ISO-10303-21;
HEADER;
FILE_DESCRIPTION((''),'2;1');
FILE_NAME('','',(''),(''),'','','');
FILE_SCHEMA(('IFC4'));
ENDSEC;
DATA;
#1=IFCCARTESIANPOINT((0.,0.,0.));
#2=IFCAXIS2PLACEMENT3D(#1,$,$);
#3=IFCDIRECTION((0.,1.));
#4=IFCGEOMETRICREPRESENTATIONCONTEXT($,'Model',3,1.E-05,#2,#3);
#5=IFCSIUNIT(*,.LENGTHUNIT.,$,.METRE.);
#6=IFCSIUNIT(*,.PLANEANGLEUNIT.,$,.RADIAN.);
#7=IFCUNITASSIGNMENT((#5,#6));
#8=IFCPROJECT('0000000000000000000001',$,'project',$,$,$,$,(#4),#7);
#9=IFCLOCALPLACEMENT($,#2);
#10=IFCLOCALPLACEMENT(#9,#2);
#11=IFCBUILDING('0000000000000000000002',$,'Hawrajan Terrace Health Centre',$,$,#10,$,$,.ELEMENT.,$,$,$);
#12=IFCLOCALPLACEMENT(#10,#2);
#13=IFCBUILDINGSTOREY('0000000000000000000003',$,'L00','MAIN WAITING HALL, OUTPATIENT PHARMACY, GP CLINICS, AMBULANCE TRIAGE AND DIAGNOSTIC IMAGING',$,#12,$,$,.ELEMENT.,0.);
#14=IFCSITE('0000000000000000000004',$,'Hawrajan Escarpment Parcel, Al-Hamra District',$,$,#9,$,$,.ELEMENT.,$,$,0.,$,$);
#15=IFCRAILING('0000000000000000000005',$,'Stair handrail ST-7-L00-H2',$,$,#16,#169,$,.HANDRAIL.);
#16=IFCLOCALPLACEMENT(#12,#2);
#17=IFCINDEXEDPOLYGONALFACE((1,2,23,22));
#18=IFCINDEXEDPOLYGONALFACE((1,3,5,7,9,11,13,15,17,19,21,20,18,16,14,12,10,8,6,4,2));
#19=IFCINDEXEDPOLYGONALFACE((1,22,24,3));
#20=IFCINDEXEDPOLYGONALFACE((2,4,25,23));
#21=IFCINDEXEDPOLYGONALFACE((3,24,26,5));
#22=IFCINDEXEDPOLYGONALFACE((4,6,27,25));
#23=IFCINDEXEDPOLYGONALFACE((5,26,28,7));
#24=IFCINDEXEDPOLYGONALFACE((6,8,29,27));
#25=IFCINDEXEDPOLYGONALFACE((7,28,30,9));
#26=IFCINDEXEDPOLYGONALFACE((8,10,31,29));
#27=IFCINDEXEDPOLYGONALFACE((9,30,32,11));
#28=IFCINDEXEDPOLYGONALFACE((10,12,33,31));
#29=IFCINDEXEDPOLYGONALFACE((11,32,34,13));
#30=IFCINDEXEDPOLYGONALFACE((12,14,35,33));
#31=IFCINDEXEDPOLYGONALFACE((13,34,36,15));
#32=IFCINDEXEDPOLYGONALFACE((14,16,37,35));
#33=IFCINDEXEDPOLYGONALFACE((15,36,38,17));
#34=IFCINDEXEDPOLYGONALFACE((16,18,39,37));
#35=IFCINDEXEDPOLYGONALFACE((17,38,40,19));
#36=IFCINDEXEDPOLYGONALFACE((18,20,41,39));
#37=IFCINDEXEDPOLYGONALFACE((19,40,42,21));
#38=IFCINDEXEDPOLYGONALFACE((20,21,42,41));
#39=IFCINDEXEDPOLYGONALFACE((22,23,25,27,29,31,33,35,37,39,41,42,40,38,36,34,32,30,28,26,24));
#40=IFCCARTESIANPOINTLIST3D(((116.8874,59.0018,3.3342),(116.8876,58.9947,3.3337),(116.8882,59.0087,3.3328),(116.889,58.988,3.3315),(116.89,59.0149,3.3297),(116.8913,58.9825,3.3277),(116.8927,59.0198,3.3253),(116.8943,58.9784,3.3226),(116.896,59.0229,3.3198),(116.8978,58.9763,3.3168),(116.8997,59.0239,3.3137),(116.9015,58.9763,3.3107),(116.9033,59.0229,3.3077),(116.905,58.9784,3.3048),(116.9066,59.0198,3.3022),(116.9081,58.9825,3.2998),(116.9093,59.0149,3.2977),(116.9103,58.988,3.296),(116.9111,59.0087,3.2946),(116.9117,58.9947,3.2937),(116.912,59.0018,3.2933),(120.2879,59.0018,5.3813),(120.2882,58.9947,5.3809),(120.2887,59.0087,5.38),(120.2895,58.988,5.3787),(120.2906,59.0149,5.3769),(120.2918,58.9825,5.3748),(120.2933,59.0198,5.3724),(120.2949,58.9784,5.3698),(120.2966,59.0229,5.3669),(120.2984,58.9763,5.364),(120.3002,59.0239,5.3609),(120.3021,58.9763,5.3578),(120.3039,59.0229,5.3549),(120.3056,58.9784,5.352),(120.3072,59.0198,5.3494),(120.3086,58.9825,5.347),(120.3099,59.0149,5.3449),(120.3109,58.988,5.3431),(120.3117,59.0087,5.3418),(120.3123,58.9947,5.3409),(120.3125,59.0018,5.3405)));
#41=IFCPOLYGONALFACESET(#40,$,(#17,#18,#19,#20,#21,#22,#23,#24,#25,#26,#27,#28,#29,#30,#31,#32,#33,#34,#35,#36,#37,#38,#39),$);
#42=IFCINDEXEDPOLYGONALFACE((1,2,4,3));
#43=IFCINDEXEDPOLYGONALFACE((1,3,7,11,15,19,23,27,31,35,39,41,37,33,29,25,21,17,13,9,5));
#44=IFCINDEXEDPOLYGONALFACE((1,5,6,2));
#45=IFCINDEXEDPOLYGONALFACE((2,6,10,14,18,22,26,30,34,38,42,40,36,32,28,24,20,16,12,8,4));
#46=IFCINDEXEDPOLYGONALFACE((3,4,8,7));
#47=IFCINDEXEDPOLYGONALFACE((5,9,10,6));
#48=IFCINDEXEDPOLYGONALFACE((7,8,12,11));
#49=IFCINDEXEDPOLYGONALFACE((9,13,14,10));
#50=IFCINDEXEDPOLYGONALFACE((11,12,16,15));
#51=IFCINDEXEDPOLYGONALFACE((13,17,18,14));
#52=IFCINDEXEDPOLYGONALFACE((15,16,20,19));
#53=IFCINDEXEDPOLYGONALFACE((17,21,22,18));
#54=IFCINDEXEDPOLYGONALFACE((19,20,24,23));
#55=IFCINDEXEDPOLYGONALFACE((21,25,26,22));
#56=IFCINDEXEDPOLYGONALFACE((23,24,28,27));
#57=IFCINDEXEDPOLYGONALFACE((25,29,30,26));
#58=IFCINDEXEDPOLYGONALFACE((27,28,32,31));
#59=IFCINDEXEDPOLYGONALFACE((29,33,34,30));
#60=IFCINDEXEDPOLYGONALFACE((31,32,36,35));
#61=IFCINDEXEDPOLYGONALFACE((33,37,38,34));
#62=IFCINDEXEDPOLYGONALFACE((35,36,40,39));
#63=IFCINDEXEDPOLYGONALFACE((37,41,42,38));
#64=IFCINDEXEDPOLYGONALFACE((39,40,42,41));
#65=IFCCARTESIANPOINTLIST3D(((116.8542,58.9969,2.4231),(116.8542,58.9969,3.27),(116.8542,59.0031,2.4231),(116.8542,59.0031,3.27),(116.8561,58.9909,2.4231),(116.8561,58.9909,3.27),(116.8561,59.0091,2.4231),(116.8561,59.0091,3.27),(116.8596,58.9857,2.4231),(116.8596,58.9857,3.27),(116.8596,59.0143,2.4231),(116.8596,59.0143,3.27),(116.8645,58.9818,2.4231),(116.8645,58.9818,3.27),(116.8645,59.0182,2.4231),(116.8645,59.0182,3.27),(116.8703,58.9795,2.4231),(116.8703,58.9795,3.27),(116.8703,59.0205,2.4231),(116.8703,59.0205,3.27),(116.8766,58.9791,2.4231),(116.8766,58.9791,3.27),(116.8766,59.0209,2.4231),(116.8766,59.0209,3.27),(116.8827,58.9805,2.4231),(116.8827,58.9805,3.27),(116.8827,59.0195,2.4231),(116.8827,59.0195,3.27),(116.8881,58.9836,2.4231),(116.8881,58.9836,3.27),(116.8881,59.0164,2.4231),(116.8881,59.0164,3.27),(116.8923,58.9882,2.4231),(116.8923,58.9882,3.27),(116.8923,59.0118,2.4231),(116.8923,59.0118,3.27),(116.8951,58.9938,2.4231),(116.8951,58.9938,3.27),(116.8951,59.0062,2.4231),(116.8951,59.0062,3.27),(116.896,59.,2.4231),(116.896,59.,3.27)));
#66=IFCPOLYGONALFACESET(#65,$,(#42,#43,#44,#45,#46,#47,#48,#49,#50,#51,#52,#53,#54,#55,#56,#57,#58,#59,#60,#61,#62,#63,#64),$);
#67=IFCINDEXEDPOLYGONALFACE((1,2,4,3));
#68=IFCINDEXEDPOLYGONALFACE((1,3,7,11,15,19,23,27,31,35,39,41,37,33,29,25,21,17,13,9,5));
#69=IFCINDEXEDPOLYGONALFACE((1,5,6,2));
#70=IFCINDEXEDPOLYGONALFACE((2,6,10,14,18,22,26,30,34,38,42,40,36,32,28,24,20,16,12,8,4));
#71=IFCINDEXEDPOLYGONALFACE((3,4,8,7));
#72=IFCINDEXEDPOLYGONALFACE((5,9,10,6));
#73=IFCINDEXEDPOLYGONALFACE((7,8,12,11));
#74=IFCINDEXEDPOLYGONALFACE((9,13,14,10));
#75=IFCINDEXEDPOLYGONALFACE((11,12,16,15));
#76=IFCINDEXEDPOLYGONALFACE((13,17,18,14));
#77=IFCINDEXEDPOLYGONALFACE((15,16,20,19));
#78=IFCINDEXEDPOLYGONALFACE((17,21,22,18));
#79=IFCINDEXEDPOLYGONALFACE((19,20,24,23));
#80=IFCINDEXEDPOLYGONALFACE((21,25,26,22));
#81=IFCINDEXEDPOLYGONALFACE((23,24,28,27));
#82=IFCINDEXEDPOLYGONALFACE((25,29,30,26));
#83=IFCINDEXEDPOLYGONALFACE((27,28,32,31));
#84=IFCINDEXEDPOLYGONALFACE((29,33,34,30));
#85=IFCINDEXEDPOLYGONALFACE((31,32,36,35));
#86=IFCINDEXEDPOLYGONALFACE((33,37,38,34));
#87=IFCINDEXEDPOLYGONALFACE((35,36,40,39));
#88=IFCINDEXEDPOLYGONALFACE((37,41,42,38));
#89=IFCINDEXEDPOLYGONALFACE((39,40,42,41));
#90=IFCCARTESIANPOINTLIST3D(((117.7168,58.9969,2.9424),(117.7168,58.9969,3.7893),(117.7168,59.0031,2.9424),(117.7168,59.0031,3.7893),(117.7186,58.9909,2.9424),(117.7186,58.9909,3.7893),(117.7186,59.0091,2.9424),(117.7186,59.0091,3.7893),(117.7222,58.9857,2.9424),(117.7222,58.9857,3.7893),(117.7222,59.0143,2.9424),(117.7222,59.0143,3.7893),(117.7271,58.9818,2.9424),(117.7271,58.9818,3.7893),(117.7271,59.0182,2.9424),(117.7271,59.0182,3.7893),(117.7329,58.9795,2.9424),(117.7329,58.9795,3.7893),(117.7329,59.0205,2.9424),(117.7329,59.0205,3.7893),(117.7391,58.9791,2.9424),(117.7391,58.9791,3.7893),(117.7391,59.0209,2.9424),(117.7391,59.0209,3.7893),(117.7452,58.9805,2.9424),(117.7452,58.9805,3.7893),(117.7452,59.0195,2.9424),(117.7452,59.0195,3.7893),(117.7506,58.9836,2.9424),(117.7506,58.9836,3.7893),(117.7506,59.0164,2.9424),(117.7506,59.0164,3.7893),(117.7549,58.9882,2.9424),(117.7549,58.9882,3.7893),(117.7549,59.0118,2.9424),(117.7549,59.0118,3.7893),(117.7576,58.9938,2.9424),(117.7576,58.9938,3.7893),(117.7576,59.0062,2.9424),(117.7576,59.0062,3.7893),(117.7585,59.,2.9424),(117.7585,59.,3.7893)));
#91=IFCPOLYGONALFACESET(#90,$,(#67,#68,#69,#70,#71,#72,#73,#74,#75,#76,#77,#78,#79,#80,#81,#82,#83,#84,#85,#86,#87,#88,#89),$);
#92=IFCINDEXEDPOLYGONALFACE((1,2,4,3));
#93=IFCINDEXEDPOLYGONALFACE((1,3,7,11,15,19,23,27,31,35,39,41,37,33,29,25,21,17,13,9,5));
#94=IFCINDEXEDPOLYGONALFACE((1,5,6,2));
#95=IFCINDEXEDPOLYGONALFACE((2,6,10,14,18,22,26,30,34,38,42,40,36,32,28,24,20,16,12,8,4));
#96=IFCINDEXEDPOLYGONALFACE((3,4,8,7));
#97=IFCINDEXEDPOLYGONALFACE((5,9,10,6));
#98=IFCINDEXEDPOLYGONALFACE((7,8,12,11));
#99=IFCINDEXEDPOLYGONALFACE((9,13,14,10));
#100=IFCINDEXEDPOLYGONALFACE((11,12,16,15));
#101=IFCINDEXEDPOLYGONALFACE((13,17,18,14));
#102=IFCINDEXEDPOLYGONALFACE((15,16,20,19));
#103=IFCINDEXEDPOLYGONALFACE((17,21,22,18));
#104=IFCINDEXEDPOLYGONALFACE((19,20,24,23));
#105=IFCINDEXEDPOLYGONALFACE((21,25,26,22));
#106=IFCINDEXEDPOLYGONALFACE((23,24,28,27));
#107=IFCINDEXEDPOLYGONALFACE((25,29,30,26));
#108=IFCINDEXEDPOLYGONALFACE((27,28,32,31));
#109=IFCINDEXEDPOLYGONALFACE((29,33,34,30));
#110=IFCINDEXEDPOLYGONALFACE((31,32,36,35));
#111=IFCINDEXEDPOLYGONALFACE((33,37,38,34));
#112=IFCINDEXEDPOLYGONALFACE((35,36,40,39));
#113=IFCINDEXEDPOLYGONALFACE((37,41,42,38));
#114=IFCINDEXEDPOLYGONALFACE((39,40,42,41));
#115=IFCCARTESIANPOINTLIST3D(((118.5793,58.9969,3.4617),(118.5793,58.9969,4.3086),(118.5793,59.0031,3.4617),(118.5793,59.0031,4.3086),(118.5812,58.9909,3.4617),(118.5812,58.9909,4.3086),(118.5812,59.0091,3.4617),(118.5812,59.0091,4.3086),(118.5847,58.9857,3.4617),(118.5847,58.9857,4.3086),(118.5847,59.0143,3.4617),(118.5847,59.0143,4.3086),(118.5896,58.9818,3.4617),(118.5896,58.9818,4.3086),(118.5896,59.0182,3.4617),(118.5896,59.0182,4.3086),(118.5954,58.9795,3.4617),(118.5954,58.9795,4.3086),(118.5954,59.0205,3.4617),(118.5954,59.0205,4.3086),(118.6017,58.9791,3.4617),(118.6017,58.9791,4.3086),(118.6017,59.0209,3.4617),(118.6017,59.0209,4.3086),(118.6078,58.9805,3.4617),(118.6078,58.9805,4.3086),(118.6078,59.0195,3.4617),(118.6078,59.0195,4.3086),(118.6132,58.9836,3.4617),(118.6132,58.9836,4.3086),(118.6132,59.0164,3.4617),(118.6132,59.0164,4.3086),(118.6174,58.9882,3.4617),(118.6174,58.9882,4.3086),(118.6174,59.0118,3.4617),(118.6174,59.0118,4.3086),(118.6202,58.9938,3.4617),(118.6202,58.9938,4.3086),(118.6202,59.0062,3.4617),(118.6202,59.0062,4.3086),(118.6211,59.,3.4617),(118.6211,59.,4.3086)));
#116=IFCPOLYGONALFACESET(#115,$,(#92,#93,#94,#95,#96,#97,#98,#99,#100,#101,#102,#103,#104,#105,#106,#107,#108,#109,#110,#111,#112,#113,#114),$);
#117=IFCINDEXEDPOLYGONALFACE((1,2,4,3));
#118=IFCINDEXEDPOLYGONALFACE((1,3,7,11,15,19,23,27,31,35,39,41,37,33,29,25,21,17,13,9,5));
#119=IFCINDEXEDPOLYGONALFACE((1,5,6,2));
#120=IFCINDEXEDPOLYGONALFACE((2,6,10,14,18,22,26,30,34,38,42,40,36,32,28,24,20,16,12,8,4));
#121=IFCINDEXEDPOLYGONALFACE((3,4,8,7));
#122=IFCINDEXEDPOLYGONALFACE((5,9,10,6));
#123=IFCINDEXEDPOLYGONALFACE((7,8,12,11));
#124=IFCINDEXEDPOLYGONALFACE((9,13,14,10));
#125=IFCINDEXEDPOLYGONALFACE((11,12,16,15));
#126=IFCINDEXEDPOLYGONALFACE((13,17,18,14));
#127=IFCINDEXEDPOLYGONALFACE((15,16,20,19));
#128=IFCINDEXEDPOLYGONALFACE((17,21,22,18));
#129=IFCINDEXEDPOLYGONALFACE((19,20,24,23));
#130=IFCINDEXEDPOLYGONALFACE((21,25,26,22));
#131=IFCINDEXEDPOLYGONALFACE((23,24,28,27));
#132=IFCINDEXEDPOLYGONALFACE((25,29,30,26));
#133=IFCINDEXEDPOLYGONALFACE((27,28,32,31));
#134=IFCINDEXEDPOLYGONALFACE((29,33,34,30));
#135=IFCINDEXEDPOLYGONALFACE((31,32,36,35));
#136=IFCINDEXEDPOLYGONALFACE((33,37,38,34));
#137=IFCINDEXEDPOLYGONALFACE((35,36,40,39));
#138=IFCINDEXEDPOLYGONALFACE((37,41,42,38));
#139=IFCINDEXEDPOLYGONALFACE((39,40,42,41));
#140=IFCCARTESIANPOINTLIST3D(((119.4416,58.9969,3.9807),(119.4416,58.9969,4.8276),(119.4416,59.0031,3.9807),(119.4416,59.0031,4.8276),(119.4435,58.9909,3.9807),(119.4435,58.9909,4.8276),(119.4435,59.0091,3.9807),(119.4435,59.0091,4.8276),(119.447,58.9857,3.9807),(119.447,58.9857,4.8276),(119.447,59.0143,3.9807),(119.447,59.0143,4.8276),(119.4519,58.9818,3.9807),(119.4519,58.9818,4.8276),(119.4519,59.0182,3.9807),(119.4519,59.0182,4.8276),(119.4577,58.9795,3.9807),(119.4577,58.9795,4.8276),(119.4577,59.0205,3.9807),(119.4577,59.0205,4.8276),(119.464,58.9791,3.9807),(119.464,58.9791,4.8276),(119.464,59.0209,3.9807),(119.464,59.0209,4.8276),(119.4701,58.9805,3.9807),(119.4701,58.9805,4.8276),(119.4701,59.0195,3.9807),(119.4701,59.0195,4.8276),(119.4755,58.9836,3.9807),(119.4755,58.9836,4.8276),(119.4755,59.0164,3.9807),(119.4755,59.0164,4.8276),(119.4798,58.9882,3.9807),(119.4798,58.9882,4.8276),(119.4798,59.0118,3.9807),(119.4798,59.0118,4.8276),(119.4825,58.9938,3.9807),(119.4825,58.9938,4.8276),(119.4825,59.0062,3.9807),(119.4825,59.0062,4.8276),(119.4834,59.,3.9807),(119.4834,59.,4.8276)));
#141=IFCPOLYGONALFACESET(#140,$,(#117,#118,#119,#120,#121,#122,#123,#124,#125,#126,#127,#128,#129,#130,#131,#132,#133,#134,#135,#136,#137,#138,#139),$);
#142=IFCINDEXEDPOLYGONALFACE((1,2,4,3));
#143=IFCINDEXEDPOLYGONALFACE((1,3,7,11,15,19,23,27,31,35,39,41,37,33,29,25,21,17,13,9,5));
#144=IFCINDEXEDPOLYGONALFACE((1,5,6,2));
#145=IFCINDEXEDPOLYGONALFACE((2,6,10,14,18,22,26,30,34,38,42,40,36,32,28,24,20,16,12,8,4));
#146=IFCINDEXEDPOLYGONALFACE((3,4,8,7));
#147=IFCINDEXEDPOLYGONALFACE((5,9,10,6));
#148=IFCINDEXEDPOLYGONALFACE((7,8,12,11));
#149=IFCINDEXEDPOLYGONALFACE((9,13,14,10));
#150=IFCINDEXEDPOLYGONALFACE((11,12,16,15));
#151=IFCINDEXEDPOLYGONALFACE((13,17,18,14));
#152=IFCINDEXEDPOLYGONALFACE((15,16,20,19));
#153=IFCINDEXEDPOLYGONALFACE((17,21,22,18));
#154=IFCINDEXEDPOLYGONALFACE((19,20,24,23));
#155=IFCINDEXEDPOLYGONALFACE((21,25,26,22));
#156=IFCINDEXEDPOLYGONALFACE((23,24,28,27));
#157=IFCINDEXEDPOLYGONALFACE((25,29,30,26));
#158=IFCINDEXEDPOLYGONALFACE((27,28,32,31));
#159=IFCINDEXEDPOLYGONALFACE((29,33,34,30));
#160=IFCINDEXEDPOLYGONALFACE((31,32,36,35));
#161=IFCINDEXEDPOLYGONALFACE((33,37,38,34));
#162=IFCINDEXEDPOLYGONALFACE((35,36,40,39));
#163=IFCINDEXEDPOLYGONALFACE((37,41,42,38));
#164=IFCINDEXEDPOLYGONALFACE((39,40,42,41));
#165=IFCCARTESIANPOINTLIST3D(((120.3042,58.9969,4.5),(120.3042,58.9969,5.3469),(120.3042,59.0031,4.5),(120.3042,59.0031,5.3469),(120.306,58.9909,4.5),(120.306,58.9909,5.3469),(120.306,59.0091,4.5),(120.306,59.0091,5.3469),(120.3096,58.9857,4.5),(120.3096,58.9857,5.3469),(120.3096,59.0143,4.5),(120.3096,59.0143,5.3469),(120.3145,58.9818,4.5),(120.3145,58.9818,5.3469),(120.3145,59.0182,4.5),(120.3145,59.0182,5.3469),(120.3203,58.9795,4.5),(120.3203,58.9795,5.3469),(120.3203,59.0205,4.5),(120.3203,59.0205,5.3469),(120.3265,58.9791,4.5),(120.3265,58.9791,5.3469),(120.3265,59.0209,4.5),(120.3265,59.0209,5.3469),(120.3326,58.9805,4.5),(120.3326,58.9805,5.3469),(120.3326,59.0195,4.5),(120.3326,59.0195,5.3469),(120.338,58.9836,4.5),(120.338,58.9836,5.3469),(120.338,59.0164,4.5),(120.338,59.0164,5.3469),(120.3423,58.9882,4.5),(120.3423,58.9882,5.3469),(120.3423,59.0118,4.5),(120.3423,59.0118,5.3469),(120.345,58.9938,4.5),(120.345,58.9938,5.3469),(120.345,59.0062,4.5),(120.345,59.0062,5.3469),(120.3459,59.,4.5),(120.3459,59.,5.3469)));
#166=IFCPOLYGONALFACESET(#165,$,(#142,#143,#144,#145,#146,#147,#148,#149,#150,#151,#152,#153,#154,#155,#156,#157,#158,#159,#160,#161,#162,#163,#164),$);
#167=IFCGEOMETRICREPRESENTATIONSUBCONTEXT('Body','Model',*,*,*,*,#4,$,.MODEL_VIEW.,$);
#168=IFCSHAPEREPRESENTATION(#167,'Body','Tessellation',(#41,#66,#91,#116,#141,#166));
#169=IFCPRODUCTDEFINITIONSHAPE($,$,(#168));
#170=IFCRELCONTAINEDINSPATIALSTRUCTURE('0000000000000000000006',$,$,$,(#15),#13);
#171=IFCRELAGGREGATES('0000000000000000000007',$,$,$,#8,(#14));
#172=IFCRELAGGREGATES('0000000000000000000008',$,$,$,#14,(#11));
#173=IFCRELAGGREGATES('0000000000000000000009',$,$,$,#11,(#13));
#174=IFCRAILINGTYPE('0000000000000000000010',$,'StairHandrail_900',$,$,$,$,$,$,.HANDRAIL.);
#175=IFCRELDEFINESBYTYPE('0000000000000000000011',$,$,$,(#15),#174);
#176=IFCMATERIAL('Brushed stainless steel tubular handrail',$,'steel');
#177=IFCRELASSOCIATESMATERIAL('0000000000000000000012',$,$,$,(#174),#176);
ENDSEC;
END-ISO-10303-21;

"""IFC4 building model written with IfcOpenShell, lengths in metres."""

from ifc_helpers import new_model, si_unit, direction, frame, origin, origin_2d, place, context, subcontext, project, spatial, circle, extrude, material, type_object, element, save


model = new_model("IFC4")

# Units and contexts
model_context = context("Model", 3, precision=1e-05, world=origin(), true_north=direction((0.0, 1.0)))
body_context = subcontext(model_context, "Body", "Model", "MODEL_VIEW")
ifc_project = project(units=[si_unit("LENGTHUNIT", "METRE"), si_unit("PLANEANGLEUNIT", "RADIAN")], contexts=[model_context])

# Site, building, storey
site_placement = place(None, origin())
site = spatial("IfcSite", under=ifc_project, at=site_placement, Name="Hawrajan Escarpment Parcel, Al-Hamra District", CompositionType="ELEMENT", RefElevation=0.0)
building_placement = place(site_placement, origin())
building = spatial("IfcBuilding", under=site, at=building_placement, Name="Hawrajan Terrace Health Centre", CompositionType="ELEMENT")
storey_placement = place(building_placement, origin())
storey = spatial("IfcBuildingStorey", under=building, at=storey_placement, Name="L00", Description="MAIN WAITING HALL, OUTPATIENT PHARMACY, GP CLINICS, AMBULANCE TRIAGE AND DIAGNOSTIC IMAGING", CompositionType="ELEMENT", Elevation=0.0)

# Railing
ifc_material_1 = material(Name="Brushed stainless steel tubular handrail", Category="steel")
railing_type_1 = type_object("IfcRailingType", Name="StairHandrail_900", PredefinedType="HANDRAIL", material=ifc_material_1)
railing_1_placement = place(storey_placement, frame((116.875, 59.0, 2.4231)))
element("IfcRailing", 1, at=railing_1_placement, inside=storey, type_object=railing_type_1, Name="Stair handrail ST-7-L00-H2", PredefinedType="HANDRAIL", context=body_context, shape_type="SweptSolid", body=[
    extrude(circle(Radius=0.0239, at=origin_2d()), frame((0.0247, 0.0, 0.8906), z_axis=(0.856732, 0.0, 0.515761), x_axis=(0.0, 1.0, 0.0)), (0.0, 0.0, 1.0), 3.9692),
    extrude(circle(Radius=0.021, at=origin_2d()), origin(), (0.0, 0.0, 1.0), 0.8469),
    extrude(circle(Radius=0.021, at=origin_2d()), frame((0.8625, 0.0, 0.5193)), (0.0, 0.0, 1.0), 0.8469),
    extrude(circle(Radius=0.021, at=origin_2d()), frame((1.7251, 0.0, 1.0386)), (0.0, 0.0, 1.0), 0.8469),
    extrude(circle(Radius=0.021, at=origin_2d()), frame((2.5874, 0.0, 1.5576)), (0.0, 0.0, 1.0), 0.8469),
    extrude(circle(Radius=0.021, at=origin_2d()), frame((3.45, 0.0, 2.0769)), (0.0, 0.0, 1.0), 0.8469),
])

save(model, "model.ifc")
